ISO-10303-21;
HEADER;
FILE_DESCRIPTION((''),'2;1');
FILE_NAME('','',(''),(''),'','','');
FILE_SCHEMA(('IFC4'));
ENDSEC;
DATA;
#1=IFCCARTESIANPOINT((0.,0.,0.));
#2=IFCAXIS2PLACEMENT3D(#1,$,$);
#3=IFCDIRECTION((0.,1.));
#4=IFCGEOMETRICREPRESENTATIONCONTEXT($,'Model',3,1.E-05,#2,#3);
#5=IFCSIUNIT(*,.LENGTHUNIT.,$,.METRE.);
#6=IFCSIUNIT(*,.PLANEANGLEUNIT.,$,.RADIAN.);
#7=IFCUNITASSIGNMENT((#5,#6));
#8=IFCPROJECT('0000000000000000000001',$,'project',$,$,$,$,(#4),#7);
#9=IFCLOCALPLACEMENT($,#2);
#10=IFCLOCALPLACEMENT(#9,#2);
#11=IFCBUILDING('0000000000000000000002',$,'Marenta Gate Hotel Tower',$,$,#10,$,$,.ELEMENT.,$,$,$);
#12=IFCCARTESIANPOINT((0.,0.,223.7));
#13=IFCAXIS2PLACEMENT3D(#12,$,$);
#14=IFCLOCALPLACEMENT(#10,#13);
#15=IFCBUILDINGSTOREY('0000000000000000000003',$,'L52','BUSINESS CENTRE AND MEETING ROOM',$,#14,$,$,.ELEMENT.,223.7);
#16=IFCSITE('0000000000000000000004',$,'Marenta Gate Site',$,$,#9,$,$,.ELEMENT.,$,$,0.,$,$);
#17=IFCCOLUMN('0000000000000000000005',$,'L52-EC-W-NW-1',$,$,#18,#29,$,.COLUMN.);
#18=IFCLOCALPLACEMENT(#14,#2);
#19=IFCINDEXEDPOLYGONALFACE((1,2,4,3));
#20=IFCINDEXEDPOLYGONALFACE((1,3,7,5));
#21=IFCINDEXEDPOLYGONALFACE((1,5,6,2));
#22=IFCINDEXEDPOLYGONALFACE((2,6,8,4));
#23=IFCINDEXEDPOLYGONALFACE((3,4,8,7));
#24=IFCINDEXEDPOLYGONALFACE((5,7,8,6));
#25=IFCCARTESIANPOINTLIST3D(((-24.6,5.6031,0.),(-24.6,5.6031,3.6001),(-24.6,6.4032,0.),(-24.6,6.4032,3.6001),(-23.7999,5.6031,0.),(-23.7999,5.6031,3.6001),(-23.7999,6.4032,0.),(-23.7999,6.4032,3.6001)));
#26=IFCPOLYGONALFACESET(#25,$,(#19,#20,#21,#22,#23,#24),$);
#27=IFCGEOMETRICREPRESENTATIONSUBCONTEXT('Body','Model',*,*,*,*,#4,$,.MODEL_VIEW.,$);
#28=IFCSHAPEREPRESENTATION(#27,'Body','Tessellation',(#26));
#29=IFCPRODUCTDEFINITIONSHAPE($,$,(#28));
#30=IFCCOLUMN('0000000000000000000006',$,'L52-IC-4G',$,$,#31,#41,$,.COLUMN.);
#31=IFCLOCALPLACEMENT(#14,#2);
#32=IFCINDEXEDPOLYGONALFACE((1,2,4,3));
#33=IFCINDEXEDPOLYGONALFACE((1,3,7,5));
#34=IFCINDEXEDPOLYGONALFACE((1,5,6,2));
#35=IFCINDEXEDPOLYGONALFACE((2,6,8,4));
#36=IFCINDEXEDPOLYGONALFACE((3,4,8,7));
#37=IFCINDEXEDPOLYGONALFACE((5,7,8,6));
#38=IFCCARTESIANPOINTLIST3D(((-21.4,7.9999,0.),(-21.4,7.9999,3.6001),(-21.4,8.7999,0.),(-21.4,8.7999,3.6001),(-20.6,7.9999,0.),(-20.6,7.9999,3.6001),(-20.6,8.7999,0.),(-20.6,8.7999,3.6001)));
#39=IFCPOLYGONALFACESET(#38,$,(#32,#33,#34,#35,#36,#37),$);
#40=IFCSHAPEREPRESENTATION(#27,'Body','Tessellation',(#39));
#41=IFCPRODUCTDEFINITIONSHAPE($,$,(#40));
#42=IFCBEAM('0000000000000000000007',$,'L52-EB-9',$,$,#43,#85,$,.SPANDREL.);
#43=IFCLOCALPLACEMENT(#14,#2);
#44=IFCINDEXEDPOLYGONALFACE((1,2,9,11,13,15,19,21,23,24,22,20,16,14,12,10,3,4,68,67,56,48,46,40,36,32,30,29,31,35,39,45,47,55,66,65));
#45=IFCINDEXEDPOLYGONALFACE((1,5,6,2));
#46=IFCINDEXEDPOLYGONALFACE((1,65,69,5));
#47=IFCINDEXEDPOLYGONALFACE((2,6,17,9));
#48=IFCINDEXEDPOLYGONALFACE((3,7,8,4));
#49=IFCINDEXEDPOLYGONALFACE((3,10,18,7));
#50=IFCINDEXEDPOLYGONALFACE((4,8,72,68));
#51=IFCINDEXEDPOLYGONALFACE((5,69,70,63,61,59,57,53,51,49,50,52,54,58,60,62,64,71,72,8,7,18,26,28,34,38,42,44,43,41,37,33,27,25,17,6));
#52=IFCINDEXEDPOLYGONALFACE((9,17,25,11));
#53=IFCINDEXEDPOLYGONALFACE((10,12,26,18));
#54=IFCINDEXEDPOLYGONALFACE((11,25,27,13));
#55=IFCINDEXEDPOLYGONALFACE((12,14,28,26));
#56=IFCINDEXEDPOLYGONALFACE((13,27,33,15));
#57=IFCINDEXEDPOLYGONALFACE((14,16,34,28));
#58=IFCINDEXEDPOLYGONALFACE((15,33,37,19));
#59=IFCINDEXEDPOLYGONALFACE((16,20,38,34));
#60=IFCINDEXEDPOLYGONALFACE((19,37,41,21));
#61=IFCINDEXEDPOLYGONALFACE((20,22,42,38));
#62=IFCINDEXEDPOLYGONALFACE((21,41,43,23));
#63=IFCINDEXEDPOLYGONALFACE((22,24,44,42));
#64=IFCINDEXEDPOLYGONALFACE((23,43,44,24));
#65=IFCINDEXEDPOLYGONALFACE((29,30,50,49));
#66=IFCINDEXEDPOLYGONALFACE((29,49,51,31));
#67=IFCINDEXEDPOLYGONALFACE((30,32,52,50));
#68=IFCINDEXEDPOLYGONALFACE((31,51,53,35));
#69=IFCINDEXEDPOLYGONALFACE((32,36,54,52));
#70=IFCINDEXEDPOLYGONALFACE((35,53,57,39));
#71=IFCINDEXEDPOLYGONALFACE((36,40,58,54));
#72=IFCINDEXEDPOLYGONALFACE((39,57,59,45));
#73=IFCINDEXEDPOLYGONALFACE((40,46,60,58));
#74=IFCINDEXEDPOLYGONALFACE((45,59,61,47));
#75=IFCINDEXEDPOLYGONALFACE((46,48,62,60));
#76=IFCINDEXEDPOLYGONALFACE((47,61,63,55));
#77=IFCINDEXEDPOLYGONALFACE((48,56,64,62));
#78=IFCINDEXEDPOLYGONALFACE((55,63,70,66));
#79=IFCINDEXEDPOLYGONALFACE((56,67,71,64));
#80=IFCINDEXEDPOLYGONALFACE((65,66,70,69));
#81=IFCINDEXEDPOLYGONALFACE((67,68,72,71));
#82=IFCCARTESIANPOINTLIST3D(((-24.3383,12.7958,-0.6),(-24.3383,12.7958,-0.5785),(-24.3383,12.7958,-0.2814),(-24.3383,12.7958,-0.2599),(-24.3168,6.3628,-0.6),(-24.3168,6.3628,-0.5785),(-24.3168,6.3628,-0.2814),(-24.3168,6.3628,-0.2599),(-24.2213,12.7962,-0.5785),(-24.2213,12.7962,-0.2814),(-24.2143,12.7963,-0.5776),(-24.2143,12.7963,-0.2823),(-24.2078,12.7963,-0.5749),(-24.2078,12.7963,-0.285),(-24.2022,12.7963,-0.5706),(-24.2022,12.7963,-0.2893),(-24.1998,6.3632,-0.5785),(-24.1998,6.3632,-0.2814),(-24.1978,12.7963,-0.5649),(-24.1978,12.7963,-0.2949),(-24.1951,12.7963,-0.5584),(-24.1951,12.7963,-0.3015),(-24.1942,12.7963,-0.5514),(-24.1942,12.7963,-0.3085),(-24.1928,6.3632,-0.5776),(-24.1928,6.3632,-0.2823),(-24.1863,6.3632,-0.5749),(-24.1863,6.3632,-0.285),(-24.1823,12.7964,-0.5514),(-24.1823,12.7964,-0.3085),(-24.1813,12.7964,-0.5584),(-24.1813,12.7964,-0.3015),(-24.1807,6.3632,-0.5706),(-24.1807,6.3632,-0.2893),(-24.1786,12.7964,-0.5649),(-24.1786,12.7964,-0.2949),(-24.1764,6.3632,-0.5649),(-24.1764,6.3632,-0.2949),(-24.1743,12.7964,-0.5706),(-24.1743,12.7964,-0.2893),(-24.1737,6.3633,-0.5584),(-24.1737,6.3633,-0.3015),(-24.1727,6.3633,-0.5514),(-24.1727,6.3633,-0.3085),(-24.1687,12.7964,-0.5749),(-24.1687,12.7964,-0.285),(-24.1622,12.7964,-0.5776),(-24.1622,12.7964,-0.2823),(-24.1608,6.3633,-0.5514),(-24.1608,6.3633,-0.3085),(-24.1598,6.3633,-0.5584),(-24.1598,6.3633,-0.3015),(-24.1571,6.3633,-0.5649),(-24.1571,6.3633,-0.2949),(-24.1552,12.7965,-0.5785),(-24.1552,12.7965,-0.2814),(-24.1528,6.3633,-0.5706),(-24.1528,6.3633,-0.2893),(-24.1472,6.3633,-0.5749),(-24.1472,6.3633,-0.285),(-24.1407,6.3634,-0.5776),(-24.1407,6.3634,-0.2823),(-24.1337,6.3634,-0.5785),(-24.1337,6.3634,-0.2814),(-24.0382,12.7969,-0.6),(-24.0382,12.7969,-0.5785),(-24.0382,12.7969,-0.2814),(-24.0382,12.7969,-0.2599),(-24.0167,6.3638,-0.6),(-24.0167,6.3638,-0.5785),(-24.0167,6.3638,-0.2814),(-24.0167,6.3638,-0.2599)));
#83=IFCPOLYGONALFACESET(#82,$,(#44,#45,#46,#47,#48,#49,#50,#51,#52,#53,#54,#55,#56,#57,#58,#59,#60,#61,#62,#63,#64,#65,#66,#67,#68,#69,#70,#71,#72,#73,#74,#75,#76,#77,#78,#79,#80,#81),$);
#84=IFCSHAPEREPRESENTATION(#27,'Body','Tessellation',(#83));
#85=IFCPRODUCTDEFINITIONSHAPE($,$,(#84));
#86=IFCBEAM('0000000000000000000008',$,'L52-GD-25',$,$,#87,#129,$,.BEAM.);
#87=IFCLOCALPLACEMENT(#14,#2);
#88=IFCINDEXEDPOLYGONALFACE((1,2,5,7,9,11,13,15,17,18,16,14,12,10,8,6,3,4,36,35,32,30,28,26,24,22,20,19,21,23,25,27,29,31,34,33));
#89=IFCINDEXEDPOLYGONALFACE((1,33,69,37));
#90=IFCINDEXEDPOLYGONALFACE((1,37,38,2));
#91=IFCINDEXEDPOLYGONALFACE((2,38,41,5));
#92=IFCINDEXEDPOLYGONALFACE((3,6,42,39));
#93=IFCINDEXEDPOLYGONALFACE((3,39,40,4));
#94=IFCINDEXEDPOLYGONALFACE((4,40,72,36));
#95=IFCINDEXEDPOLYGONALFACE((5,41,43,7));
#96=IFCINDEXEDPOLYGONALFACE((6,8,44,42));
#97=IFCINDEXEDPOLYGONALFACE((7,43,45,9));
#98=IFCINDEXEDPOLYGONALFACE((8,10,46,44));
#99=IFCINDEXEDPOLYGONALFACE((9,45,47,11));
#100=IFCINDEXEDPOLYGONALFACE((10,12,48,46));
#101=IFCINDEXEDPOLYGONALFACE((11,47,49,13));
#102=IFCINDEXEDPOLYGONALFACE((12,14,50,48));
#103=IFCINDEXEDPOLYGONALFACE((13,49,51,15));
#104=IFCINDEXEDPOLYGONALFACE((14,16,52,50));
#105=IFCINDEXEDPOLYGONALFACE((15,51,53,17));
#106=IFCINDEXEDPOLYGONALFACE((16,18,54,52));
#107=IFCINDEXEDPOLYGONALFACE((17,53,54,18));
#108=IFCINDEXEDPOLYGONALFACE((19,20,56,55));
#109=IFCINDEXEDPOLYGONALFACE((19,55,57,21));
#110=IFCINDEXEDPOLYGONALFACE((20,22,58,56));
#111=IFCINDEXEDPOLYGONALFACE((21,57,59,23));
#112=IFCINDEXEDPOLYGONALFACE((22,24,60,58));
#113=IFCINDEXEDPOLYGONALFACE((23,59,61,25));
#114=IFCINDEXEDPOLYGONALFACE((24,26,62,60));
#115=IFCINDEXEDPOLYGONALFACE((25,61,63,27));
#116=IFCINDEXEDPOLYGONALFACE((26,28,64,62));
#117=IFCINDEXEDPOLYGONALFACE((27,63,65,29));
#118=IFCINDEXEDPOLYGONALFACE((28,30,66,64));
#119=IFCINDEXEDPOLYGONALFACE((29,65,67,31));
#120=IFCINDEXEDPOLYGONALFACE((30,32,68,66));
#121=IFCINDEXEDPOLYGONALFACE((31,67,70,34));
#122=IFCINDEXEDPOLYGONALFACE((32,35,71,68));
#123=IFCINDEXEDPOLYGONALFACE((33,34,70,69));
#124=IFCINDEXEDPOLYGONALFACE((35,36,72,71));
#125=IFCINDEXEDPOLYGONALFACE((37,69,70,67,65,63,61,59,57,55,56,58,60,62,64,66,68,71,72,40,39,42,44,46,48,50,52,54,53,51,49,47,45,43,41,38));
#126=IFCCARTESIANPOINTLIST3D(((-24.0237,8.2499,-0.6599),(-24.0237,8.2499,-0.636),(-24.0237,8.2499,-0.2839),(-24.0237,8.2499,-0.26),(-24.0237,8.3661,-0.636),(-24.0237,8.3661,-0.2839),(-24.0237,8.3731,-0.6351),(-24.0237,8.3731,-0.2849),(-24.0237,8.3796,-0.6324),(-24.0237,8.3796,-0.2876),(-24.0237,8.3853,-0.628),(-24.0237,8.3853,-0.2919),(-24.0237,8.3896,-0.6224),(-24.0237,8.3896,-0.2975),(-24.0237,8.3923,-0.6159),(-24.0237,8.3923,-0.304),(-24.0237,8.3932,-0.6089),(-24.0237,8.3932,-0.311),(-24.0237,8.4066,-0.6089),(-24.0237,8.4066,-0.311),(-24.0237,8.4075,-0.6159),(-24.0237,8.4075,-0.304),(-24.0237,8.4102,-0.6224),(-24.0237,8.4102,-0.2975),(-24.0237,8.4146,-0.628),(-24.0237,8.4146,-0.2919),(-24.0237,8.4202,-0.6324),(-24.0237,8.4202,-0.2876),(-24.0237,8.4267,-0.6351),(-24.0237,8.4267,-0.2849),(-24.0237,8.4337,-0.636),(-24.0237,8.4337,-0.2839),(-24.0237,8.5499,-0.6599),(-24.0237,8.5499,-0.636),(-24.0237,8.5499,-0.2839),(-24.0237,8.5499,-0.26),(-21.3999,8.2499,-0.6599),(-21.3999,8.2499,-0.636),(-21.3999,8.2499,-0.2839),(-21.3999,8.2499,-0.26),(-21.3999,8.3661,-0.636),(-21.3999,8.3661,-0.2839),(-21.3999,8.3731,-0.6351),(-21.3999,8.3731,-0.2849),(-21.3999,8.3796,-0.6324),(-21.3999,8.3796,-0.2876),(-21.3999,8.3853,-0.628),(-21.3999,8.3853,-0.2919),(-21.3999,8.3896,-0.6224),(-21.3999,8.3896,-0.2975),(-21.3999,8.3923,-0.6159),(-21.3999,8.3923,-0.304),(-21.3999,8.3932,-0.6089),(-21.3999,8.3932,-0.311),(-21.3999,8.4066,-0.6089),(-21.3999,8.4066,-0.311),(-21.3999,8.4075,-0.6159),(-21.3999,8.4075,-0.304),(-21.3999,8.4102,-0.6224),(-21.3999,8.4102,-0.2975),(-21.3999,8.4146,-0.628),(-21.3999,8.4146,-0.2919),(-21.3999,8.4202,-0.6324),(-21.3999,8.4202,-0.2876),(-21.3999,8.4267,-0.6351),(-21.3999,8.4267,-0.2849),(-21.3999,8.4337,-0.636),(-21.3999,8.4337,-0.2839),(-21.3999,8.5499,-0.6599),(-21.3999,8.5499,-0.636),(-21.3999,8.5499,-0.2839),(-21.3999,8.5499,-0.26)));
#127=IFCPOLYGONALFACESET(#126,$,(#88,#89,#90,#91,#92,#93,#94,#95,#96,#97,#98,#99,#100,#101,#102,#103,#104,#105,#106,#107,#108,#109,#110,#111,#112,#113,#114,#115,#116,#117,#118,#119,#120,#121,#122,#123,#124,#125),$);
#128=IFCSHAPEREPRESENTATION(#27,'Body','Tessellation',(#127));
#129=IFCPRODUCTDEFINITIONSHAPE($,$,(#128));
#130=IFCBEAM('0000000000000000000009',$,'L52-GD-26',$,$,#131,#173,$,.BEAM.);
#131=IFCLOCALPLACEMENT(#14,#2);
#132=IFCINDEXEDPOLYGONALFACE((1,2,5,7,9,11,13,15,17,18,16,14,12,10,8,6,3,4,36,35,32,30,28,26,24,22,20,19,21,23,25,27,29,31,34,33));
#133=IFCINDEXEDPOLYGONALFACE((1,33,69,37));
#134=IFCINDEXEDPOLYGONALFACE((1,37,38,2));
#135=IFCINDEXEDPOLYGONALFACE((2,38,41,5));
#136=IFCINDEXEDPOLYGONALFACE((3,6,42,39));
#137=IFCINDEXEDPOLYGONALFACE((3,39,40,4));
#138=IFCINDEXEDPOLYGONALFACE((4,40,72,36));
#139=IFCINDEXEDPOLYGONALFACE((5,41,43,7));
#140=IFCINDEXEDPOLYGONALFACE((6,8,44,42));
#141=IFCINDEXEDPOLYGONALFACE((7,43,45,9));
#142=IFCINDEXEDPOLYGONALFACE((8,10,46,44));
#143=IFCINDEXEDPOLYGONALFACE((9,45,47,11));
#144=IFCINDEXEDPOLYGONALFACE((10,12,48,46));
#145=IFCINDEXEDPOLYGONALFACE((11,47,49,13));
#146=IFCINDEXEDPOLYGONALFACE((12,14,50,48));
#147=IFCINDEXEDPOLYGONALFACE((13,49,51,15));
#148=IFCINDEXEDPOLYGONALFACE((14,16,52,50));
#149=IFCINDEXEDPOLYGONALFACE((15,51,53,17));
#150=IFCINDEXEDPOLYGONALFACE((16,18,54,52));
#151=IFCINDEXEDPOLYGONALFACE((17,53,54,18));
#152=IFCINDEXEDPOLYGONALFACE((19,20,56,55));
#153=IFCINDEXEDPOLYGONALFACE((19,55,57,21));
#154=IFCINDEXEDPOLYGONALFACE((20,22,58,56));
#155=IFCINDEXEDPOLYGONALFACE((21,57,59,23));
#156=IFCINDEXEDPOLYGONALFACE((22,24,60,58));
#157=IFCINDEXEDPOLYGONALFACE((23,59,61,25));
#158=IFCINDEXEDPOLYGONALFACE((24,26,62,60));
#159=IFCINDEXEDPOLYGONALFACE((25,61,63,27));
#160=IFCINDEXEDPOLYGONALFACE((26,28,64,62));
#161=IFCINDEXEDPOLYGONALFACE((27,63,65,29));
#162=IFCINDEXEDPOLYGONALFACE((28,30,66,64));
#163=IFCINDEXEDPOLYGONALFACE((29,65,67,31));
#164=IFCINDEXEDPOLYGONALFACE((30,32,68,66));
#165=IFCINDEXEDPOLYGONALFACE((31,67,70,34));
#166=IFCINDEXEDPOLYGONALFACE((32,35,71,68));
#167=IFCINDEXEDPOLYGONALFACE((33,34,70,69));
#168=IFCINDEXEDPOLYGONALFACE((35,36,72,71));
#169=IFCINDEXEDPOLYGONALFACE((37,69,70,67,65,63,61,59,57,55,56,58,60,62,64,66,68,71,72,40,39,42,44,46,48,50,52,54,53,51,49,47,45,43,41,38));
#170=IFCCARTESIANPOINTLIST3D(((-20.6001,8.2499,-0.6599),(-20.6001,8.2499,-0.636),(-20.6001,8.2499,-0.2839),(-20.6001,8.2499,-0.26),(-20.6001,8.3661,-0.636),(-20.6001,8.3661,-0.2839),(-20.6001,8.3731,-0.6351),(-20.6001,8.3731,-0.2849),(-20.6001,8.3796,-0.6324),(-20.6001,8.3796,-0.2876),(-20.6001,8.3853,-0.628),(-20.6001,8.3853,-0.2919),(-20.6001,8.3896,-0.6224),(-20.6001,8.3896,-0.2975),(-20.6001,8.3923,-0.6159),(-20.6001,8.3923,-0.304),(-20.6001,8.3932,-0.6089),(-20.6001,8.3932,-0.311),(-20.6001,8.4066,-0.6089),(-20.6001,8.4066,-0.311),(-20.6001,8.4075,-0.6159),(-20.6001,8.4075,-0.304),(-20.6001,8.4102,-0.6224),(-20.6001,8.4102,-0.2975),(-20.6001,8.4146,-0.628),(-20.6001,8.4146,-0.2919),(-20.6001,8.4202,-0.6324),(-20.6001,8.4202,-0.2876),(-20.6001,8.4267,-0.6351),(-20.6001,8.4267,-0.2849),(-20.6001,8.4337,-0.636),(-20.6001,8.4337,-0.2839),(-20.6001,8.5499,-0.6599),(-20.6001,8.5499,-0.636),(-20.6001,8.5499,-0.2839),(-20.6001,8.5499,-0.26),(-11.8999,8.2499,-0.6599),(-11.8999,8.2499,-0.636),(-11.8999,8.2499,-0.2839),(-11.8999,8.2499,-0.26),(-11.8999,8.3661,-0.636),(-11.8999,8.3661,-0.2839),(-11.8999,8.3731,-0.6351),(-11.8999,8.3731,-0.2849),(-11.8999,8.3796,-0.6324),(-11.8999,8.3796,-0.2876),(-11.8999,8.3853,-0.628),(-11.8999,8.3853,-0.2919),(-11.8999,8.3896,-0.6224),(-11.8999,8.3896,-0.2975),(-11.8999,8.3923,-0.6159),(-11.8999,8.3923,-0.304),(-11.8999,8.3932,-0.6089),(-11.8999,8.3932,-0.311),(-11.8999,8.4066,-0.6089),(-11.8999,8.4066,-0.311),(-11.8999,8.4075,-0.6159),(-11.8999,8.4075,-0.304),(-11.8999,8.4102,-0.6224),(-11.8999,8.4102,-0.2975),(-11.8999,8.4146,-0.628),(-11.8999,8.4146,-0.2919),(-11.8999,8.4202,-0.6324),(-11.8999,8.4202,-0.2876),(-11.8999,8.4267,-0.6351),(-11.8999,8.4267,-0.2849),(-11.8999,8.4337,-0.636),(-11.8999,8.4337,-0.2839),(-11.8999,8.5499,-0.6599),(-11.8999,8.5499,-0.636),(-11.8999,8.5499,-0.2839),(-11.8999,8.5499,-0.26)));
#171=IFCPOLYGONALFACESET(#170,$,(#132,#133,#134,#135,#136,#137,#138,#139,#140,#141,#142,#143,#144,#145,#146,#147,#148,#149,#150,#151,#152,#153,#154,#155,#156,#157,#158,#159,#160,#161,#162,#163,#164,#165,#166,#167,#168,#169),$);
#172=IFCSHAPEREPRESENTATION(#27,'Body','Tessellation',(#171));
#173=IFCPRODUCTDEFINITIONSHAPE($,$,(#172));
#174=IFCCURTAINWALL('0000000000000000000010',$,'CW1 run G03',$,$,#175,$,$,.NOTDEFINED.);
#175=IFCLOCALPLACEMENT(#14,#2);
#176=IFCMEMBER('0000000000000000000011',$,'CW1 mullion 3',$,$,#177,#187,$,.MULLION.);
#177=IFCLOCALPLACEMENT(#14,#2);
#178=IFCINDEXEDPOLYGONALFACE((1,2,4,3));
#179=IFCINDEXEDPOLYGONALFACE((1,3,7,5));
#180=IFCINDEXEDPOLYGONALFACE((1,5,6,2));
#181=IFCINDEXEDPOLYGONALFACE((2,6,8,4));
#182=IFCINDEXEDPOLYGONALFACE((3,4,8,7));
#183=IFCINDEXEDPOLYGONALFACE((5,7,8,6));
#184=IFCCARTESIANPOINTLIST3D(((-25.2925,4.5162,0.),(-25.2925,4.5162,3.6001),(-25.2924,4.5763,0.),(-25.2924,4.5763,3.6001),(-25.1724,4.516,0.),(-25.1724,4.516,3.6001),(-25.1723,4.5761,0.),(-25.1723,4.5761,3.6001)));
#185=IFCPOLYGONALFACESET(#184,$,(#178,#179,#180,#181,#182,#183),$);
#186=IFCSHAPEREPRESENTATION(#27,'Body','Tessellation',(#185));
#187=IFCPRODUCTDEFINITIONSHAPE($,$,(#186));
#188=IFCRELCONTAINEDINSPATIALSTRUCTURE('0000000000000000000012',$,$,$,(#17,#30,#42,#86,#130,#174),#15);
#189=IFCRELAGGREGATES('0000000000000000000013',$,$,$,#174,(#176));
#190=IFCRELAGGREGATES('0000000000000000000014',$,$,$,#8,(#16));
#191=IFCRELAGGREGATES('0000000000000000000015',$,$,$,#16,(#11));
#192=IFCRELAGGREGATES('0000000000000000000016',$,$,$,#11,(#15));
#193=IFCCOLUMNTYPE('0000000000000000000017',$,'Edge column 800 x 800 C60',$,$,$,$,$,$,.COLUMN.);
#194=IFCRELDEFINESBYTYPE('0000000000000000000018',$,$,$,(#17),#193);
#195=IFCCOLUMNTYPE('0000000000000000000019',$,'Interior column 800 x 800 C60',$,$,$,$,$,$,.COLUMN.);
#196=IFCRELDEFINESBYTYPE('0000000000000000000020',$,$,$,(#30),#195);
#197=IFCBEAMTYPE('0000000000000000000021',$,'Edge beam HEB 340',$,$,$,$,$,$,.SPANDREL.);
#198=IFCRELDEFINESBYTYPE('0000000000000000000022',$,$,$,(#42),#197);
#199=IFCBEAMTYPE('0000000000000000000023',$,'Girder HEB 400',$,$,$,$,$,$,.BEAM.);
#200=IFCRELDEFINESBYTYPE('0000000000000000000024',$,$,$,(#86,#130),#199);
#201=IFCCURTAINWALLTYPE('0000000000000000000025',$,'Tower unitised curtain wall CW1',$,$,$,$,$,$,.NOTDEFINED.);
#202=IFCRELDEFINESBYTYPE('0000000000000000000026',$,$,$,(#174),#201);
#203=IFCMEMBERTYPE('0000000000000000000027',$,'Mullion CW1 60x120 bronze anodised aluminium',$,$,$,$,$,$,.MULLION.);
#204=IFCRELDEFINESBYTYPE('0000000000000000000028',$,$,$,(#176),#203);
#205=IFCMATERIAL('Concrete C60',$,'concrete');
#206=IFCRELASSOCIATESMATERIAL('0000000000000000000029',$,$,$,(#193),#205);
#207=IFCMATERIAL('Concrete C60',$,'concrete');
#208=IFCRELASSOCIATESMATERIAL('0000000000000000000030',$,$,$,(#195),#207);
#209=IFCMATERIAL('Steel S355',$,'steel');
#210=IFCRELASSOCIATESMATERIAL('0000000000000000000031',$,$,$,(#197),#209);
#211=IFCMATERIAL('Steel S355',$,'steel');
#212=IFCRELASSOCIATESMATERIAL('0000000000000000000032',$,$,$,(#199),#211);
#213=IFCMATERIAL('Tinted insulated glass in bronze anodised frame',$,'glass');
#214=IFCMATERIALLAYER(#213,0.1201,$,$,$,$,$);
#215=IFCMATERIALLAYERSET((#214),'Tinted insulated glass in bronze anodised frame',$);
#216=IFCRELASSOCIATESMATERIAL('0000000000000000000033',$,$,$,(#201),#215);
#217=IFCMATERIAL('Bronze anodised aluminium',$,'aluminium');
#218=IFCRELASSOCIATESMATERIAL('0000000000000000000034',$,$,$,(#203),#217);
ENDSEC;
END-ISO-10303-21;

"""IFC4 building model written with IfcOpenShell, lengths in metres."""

from ifc_helpers import new_model, si_unit, direction, frame, origin, origin_2d, place, context, subcontext, project, spatial, rectangle, i_section, extrude, material, layer, layer_set, material_profile, profile_set, type_object, element, aggregate, save


model = new_model("IFC4")

# Units and contexts
model_context = context("Model", 3, precision=1e-05, world=origin(), true_north=direction((0.0, 1.0)))
body_context = subcontext(model_context, "Body", "Model", "MODEL_VIEW")
ifc_project = project(units=[si_unit("LENGTHUNIT", "METRE"), si_unit("PLANEANGLEUNIT", "RADIAN")], contexts=[model_context])

# Site, building, storey
site_placement = place(None, origin())
site = spatial("IfcSite", under=ifc_project, at=site_placement, Name="Marenta Gate Site", CompositionType="ELEMENT", RefElevation=0.0)
building_placement = place(site_placement, origin())
building = spatial("IfcBuilding", under=site, at=building_placement, Name="Marenta Gate Hotel Tower", CompositionType="ELEMENT")
storey_placement = place(building_placement, frame((0.0, 0.0, 223.7)))
storey = spatial("IfcBuildingStorey", under=building, at=storey_placement, Name="L52", Description="BUSINESS CENTRE AND MEETING ROOM", CompositionType="ELEMENT", Elevation=223.7)

# Columns
ifc_material_1 = material(Name="Concrete C60", Category="concrete")
ifc_material_profile_1 = material_profile(ifc_material_1, rectangle(XDim=0.8, YDim=0.8, at=origin_2d()), Name="800 x 800")
ifc_profile_set_1 = profile_set([ifc_material_profile_1], Name="Concrete C60")
column_type_1 = type_object("IfcColumnType", Name="Edge column 800 x 800 C60", PredefinedType="COLUMN", material=ifc_profile_set_1)
column_1_placement = place(storey_placement, frame((-24.2, 6.0032, 0.0), z_axis=(0.0, 0.0, 1.0), x_axis=(1.0, 0.0, 0.0)))
element("IfcColumn", 1, at=column_1_placement, inside=storey, type_object=column_type_1, Name="L52-EC-W-NW-1", PredefinedType="COLUMN", context=body_context, shape_type="SweptSolid", body=[
    extrude(rectangle(XDim=0.8, YDim=0.8, at=origin_2d()), origin(), (0.0, 0.0, 1.0), 3.6001),
])
ifc_material_2 = material(Name="Concrete C60", Category="concrete")
ifc_material_profile_2 = material_profile(ifc_material_2, rectangle(XDim=0.8, YDim=0.8, at=origin_2d()), Name="800 x 800")
ifc_profile_set_2 = profile_set([ifc_material_profile_2], Name="Concrete C60")
column_type_2 = type_object("IfcColumnType", Name="Interior column 800 x 800 C60", PredefinedType="COLUMN", material=ifc_profile_set_2)
column_2_placement = place(storey_placement, frame((-21.0, 8.3999, 0.0), z_axis=(0.0, 0.0, 1.0), x_axis=(1.0, 0.0, 0.0)))
element("IfcColumn", 2, at=column_2_placement, inside=storey, type_object=column_type_2, Name="L52-IC-4G", PredefinedType="COLUMN", context=body_context, shape_type="SweptSolid", body=[
    extrude(rectangle(XDim=0.8, YDim=0.8, at=origin_2d()), origin(), (0.0, 0.0, 1.0), 3.6001),
])

# Beams
ifc_material_3 = material(Name="Steel S355", Category="steel")
ifc_material_profile_3 = material_profile(ifc_material_3, i_section(OverallWidth=0.3, OverallDepth=0.3401, WebThickness=0.012, FlangeThickness=0.0215, FilletRadius=0.0271, at=origin_2d()), Name="HEB 340")
ifc_profile_set_3 = profile_set([ifc_material_profile_3], Name="Steel S355")
beam_type_1 = type_object("IfcBeamType", Name="Edge beam HEB 340", PredefinedType="SPANDREL", material=ifc_profile_set_3)
beam_1_placement = place(storey_placement, frame((-24.1667, 6.3633, -0.4299), z_axis=(-0.00334, 0.999994, 0.0), x_axis=(-0.999994, -0.00334, 0.0)))
element("IfcBeam", 3, at=beam_1_placement, inside=storey, type_object=beam_type_1, Name="L52-EB-9", PredefinedType="SPANDREL", context=body_context, shape_type="SweptSolid", body=[
    extrude(i_section(OverallWidth=0.3, OverallDepth=0.3401, WebThickness=0.012, FlangeThickness=0.0215, FilletRadius=0.0271, at=origin_2d()), origin(), (0.0, 0.0, 1.0), 6.4331),
])
ifc_material_4 = material(Name="Steel S355", Category="steel")
ifc_material_profile_4 = material_profile(ifc_material_4, i_section(OverallWidth=0.3, OverallDepth=0.3999, WebThickness=0.0134, FlangeThickness=0.0239, FilletRadius=0.0271, at=origin_2d()), Name="HEB 400")
ifc_profile_set_4 = profile_set([ifc_material_profile_4], Name="Steel S355")
beam_type_2 = type_object("IfcBeamType", Name="Girder HEB 400", PredefinedType="BEAM", material=ifc_profile_set_4)
beam_2_placement = place(storey_placement, frame((-24.0237, 8.3999, -0.46), z_axis=(1.0, 0.0, 0.0), x_axis=(0.0, 1.0, 0.0)))
element("IfcBeam", 4, at=beam_2_placement, inside=storey, type_object=beam_type_2, Name="L52-GD-25", PredefinedType="BEAM", context=body_context, shape_type="SweptSolid", body=[
    extrude(i_section(OverallWidth=0.3, OverallDepth=0.3999, WebThickness=0.0134, FlangeThickness=0.0239, FilletRadius=0.0271, at=origin_2d()), origin(), (0.0, 0.0, 1.0), 2.6238),
])
beam_3_placement = place(storey_placement, frame((-20.6001, 8.3999, -0.46), z_axis=(1.0, 0.0, 0.0), x_axis=(0.0, 1.0, 0.0)))
element("IfcBeam", 5, at=beam_3_placement, inside=storey, type_object=beam_type_2, Name="L52-GD-26", PredefinedType="BEAM", context=body_context, shape_type="SweptSolid", body=[
    extrude(i_section(OverallWidth=0.3, OverallDepth=0.3999, WebThickness=0.0134, FlangeThickness=0.0239, FilletRadius=0.0271, at=origin_2d()), origin(), (0.0, 0.0, 1.0), 8.7002),
])

# Curtain wall, member
ifc_material_5 = material(Name="Tinted insulated glass in bronze anodised frame", Category="glass")
ifc_layer_1 = layer(ifc_material_5, 0.1201)
ifc_layer_set_1 = layer_set([ifc_layer_1], Name="Tinted insulated glass in bronze anodised frame")
curtain_wall_type = type_object("IfcCurtainWallType", Name="Tower unitised curtain wall CW1", PredefinedType="NOTDEFINED", material=ifc_layer_set_1)
curtain_wall_placement = place(storey_placement, origin())
curtain_wall = element("IfcCurtainWall", 6, at=curtain_wall_placement, inside=storey, type_object=curtain_wall_type, Name="CW1 run G03", PredefinedType="NOTDEFINED")
ifc_material_6 = material(Name="Bronze anodised aluminium", Category="aluminium")
ifc_material_profile_5 = material_profile(ifc_material_6, rectangle(XDim=0.1201, YDim=0.0601, at=origin_2d()), Name="Mullion CW1 60x120 bronze anodised aluminium")
ifc_profile_set_5 = profile_set([ifc_material_profile_5], Name="Bronze anodised aluminium")
member_type_1 = type_object("IfcMemberType", Name="Mullion CW1 60x120 bronze anodised aluminium", PredefinedType="MULLION", material=ifc_profile_set_5)
member_1_placement = place(storey_placement, frame((-25.2324, 4.5461, 0.0), z_axis=(0.0, 0.0, 1.0), x_axis=(0.999999, -0.001566, 0.0)))
member_1 = element("IfcMember", 7, at=member_1_placement, type_object=member_type_1, Name="CW1 mullion 3", PredefinedType="MULLION", context=body_context, shape_type="SweptSolid", body=[
    extrude(rectangle(XDim=0.1201, YDim=0.0601, at=origin_2d()), origin(), (0.0, 0.0, 1.0), 3.6001),
])
aggregate(curtain_wall, [member_1])

save(model, "model.ifc")
